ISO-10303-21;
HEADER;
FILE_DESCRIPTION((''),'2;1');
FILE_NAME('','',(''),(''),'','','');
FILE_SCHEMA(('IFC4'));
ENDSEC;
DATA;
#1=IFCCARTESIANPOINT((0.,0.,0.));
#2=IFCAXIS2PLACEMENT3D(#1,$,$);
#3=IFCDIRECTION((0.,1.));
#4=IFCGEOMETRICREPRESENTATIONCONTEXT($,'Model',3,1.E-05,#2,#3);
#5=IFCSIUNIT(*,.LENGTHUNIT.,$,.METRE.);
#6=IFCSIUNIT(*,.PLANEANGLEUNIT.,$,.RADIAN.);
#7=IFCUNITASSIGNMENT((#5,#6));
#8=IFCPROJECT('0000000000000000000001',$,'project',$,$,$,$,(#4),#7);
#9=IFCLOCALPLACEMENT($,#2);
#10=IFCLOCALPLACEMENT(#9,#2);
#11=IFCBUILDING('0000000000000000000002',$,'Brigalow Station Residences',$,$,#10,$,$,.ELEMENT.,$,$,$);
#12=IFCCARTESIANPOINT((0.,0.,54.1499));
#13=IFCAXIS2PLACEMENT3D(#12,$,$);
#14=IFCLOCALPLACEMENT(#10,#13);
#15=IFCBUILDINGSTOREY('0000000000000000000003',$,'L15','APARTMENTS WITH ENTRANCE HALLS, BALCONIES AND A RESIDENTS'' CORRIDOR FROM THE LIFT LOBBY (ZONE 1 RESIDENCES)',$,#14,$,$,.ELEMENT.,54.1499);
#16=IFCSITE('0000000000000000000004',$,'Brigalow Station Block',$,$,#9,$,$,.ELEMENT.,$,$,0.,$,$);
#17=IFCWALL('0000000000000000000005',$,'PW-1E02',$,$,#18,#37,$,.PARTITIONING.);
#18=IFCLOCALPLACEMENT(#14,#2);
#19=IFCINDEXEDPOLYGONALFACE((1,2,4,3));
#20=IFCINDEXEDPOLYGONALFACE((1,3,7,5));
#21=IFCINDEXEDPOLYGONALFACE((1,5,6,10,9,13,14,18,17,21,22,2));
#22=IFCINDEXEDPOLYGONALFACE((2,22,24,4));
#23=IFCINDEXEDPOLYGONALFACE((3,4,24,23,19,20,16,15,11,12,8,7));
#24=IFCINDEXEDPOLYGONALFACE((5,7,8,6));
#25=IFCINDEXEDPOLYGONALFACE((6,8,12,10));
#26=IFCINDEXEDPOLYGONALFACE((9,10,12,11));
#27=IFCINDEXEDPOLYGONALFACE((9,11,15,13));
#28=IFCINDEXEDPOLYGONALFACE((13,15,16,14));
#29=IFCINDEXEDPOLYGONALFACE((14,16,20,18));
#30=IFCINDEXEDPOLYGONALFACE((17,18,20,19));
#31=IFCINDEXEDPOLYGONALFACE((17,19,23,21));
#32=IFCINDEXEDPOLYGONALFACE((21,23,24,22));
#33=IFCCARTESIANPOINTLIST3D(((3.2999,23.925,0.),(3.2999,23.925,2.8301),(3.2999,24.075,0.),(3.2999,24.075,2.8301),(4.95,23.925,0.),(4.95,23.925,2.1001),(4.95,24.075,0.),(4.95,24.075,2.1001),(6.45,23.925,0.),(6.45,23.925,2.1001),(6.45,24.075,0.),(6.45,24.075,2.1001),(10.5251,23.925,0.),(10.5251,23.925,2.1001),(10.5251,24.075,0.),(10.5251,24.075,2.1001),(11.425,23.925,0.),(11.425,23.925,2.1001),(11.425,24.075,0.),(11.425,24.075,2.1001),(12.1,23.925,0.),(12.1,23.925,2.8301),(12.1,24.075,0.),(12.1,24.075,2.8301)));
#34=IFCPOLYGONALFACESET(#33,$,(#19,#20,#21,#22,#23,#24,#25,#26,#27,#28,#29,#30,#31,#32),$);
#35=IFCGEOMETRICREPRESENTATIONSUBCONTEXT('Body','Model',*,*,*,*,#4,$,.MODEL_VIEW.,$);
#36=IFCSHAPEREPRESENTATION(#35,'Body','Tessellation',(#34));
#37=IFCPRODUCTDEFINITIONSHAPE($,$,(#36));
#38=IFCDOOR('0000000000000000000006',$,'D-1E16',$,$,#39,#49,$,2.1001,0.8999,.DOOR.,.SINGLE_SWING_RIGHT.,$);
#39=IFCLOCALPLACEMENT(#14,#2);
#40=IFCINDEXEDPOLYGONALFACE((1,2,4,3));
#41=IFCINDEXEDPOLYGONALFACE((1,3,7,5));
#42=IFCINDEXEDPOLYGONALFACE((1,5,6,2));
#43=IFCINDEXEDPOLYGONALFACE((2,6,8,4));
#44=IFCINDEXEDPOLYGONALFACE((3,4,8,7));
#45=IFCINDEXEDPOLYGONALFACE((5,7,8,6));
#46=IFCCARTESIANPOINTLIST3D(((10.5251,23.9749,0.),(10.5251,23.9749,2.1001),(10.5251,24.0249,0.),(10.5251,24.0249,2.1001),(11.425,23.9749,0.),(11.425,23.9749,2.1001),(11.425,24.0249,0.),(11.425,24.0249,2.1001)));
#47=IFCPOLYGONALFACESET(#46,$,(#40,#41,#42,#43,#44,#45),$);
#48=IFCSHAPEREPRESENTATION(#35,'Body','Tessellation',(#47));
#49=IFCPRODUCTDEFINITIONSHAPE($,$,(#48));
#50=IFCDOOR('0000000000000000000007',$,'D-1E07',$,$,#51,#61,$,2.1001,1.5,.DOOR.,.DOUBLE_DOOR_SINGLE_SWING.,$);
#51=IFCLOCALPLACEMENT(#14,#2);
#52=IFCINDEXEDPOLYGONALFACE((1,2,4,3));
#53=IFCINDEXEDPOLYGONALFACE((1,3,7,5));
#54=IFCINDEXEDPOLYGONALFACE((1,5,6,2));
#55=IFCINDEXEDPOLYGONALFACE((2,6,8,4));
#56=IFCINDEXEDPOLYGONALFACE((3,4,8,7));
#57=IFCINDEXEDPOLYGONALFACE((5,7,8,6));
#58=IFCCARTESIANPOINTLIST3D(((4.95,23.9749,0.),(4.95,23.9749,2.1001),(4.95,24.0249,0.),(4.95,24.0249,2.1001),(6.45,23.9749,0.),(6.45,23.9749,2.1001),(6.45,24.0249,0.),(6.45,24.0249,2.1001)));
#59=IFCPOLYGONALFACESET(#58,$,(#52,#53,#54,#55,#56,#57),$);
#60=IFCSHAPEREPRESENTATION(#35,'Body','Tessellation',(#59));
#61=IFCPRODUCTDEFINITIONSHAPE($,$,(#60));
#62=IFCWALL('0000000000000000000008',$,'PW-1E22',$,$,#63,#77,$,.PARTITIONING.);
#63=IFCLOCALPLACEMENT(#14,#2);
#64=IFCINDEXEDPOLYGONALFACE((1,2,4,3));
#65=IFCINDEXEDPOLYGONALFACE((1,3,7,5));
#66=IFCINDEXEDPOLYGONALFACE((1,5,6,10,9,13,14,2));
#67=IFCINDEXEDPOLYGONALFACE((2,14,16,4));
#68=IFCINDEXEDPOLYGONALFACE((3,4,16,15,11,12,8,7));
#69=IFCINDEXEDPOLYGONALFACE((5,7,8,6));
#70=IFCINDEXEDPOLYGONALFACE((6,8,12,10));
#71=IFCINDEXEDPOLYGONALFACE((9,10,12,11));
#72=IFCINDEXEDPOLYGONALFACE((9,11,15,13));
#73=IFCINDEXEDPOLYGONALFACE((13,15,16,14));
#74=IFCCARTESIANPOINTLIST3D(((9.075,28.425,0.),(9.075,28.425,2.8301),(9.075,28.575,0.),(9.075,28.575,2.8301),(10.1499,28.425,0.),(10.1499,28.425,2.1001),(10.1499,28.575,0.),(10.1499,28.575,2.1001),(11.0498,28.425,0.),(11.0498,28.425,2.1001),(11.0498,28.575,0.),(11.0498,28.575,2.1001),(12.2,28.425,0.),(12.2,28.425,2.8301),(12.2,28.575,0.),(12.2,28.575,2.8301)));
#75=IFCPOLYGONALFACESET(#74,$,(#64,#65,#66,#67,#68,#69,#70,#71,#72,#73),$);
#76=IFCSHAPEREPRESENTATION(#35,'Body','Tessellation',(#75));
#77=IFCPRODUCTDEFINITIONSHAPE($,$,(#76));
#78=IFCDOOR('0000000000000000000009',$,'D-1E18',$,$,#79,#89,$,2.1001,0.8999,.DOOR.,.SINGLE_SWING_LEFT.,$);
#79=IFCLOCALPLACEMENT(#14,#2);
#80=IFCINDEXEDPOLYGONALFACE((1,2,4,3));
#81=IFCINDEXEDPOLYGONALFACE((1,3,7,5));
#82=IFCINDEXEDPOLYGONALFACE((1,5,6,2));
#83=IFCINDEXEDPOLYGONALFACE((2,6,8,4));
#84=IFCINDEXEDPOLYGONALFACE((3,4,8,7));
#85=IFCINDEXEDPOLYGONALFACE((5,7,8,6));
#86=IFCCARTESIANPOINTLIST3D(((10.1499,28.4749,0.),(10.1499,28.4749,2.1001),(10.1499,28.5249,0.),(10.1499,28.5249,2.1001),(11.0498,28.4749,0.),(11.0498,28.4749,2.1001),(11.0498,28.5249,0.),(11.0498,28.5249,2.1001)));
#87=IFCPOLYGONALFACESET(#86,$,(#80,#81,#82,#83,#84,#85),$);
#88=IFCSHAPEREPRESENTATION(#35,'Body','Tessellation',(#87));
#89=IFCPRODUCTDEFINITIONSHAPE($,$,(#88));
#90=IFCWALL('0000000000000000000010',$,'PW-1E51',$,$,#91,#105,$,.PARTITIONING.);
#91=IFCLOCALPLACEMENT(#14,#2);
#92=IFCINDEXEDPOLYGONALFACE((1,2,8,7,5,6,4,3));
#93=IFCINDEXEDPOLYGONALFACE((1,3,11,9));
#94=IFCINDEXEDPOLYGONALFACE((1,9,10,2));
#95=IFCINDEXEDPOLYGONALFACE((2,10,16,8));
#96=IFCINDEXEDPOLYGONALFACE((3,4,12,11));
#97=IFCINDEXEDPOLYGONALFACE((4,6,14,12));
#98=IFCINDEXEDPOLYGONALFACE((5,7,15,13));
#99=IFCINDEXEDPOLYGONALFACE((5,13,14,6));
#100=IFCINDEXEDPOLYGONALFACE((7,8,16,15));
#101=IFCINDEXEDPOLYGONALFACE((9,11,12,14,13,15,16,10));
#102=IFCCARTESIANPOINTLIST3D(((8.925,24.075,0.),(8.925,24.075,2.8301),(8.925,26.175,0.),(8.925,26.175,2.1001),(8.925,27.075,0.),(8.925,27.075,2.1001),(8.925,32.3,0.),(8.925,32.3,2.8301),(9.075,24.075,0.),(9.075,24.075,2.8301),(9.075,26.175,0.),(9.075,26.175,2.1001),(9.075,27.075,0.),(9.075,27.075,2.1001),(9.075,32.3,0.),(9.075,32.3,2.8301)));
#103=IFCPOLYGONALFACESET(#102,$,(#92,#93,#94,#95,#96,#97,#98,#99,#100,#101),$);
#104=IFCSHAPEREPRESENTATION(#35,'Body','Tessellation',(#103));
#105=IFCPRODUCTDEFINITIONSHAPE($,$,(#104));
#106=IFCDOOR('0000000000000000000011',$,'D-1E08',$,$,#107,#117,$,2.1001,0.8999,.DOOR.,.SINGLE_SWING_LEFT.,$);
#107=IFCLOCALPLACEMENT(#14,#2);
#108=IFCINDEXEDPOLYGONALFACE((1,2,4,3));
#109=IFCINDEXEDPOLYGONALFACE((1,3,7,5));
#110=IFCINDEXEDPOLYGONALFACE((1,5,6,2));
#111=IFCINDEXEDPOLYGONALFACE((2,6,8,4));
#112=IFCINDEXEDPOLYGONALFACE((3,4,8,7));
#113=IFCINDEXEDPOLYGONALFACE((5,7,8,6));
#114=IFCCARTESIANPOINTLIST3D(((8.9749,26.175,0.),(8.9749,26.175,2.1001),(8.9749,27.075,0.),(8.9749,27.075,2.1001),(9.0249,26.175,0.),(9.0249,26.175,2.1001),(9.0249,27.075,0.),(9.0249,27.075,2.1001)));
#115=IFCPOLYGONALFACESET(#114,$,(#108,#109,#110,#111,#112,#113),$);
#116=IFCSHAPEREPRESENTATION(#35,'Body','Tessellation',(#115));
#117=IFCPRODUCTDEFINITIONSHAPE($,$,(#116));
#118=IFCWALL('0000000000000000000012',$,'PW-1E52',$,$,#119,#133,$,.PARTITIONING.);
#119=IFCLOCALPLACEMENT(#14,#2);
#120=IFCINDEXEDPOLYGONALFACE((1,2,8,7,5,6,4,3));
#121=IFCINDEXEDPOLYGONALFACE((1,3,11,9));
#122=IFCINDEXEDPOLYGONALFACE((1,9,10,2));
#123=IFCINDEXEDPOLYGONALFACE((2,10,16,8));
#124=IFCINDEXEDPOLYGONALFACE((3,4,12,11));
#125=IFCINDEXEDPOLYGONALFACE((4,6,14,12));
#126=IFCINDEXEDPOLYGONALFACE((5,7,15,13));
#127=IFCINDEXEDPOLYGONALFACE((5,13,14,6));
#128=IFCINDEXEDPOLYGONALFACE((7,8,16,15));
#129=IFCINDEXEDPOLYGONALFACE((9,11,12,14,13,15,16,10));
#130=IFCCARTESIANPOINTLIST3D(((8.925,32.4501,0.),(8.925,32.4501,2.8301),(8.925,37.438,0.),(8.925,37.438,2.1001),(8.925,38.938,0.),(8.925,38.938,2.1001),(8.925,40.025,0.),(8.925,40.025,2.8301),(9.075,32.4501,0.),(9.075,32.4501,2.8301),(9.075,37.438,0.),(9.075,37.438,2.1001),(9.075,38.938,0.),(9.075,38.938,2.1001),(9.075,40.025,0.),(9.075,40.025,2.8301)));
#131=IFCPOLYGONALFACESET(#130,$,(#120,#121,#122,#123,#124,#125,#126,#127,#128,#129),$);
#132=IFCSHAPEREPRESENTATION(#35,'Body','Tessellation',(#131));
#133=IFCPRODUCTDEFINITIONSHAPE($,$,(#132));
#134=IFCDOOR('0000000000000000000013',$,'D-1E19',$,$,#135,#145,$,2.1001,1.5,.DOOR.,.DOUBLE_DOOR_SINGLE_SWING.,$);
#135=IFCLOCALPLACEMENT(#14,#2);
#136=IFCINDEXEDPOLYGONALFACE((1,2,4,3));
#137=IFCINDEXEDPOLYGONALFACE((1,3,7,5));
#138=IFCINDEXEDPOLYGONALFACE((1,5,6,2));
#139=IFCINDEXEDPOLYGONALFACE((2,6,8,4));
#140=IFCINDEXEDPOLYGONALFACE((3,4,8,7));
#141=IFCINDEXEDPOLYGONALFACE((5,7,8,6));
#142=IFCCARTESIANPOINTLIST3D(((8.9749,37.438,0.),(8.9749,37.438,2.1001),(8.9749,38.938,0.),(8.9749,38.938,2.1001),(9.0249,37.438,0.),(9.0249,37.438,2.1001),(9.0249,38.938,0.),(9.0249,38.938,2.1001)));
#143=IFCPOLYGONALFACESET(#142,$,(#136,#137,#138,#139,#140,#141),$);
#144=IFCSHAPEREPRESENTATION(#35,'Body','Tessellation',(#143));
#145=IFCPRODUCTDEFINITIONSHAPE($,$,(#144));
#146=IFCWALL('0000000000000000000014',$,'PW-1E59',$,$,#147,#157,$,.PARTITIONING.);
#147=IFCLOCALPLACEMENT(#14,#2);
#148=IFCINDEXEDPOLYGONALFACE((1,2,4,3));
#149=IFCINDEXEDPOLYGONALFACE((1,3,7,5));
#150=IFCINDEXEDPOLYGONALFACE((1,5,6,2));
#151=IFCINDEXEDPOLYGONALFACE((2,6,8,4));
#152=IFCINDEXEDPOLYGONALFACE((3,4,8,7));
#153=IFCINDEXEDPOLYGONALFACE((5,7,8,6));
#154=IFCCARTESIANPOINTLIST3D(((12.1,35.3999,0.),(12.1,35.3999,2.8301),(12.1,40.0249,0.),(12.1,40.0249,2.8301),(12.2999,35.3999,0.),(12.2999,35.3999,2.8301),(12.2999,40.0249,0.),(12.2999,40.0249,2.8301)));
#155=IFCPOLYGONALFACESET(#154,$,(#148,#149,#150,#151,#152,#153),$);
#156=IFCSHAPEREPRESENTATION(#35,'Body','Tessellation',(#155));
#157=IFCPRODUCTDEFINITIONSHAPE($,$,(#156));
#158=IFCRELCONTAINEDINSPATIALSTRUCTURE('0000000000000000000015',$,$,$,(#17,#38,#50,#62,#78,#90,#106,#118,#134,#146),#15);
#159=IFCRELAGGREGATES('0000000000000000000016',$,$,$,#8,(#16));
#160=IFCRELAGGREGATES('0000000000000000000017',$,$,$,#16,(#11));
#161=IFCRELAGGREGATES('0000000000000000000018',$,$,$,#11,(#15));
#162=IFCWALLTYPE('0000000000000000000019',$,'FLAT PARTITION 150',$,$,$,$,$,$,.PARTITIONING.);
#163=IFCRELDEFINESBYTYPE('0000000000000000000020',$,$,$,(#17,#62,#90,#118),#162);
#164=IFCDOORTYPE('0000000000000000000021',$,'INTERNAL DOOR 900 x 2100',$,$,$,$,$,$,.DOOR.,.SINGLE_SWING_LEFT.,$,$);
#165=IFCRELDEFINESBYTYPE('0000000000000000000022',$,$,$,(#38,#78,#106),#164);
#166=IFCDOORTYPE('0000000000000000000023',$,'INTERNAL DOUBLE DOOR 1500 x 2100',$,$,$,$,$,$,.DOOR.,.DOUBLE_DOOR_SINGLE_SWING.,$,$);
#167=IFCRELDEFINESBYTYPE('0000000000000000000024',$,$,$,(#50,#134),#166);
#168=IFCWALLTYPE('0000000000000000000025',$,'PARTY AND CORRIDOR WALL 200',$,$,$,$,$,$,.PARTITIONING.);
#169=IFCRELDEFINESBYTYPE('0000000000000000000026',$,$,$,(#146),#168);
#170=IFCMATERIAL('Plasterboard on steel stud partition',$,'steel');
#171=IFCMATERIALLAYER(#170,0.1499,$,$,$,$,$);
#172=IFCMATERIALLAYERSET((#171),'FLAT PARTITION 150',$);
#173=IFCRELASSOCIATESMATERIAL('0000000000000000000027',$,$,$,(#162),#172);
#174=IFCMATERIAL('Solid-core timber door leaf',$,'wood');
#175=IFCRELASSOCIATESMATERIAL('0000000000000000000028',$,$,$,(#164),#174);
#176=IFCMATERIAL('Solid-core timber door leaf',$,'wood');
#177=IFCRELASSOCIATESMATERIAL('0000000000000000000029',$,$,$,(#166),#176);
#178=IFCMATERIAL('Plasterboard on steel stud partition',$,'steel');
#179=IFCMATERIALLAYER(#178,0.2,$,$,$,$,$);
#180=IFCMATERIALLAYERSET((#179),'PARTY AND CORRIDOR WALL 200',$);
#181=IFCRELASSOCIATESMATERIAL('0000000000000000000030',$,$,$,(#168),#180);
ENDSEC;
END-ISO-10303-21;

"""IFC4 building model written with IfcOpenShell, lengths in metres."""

from ifc_helpers import new_model, si_unit, direction, frame, frame_2d, origin, place, context, subcontext, project, spatial, rectangle, extrude, material, layer, layer_set, type_object, element, fill, save


model = new_model("IFC4")

# Units and contexts
model_context = context("Model", 3, precision=1e-05, world=origin(), true_north=direction((0.0, 1.0)))
body_context = subcontext(model_context, "Body", "Model", "MODEL_VIEW")
ifc_project = project(units=[si_unit("LENGTHUNIT", "METRE"), si_unit("PLANEANGLEUNIT", "RADIAN")], contexts=[model_context])

# Site, building, storey
site_placement = place(None, origin())
site = spatial("IfcSite", under=ifc_project, at=site_placement, Name="Brigalow Station Block", CompositionType="ELEMENT", RefElevation=0.0)
building_placement = place(site_placement, origin())
building = spatial("IfcBuilding", under=site, at=building_placement, Name="Brigalow Station Residences", CompositionType="ELEMENT")
storey_placement = place(building_placement, frame((0.0, 0.0, 54.1499)))
storey = spatial("IfcBuildingStorey", under=building, at=storey_placement, Name="L15", Description="APARTMENTS WITH ENTRANCE HALLS, BALCONIES AND A RESIDENTS' CORRIDOR FROM THE LIFT LOBBY (ZONE 1 RESIDENCES)", CompositionType="ELEMENT", Elevation=54.1499)

# Wall, openings, doors
ifc_material_1 = material(Name="Plasterboard on steel stud partition", Category="steel")
ifc_layer_1 = layer(ifc_material_1, 0.1499)
ifc_layer_set_1 = layer_set([ifc_layer_1], Name="FLAT PARTITION 150")
wall_type_1 = type_object("IfcWallType", Name="FLAT PARTITION 150", PredefinedType="PARTITIONING", material=ifc_layer_set_1)
wall_1_placement = place(storey_placement, frame((3.3, 24.0, 0.0), z_axis=(0.0, 0.0, 1.0), x_axis=(1.0, 0.0, 0.0)))
wall_1 = element("IfcWall", 1, at=wall_1_placement, inside=storey, type_object=wall_type_1, Name="PW-1E02", PredefinedType="PARTITIONING", context=body_context, shape_type="SweptSolid", body=[
    extrude(rectangle(XDim=8.8, YDim=0.1499, at=frame_2d((4.3999, 0.0))), origin(), (0.0, 0.0, 1.0), 2.8301),
])
opening_1_placement = place(wall_1_placement, frame((1.6499, 0.0, 0.0)))
opening_1 = element("IfcOpeningElement", 2, at=opening_1_placement, cuts=wall_1, PredefinedType="OPENING", context=body_context, shape_type="SweptSolid", body=[
    extrude(rectangle(XDim=1.5, YDim=2.1001, at=frame_2d((0.75, 1.05))), frame((0.0, 0.085, 0.0), z_axis=(0.0, -1.0, 0.0), x_axis=(1.0, 0.0, 0.0)), (0.0, 0.0, 1.0), 0.1699),
])
opening_2_placement = place(wall_1_placement, frame((7.2251, 0.0, 0.0)))
opening_2 = element("IfcOpeningElement", 3, at=opening_2_placement, cuts=wall_1, PredefinedType="OPENING", context=body_context, shape_type="SweptSolid", body=[
    extrude(rectangle(XDim=0.8999, YDim=2.1001, at=frame_2d((0.45, 1.05))), frame((0.0, 0.085, 0.0), z_axis=(0.0, -1.0, 0.0), x_axis=(1.0, 0.0, 0.0)), (0.0, 0.0, 1.0), 0.1699),
])
ifc_material_2 = material(Name="Solid-core timber door leaf", Category="wood")
door_type_1 = type_object("IfcDoorType", Name="INTERNAL DOOR 900 x 2100", OperationType="SINGLE_SWING_LEFT", PredefinedType="DOOR", material=ifc_material_2)
door_1_placement = place(opening_2_placement, origin())
door_1 = element("IfcDoor", 4, at=door_1_placement, inside=storey, type_object=door_type_1, Name="D-1E16", OperationType="SINGLE_SWING_RIGHT", OverallHeight=2.1001, OverallWidth=0.8999, PredefinedType="DOOR", context=body_context, shape_type="SweptSolid", body=[
    extrude(rectangle(XDim=0.8999, YDim=2.1001, at=frame_2d((0.45, 1.05))), frame((0.0, 0.0249, 0.0), z_axis=(0.0, -1.0, 0.0), x_axis=(1.0, 0.0, 0.0)), (0.0, 0.0, 1.0), 0.05),
])
fill(opening_2, door_1)
ifc_material_3 = material(Name="Solid-core timber door leaf", Category="wood")
door_type_2 = type_object("IfcDoorType", Name="INTERNAL DOUBLE DOOR 1500 x 2100", OperationType="DOUBLE_DOOR_SINGLE_SWING", PredefinedType="DOOR", material=ifc_material_3)
door_2_placement = place(opening_1_placement, origin())
door_2 = element("IfcDoor", 5, at=door_2_placement, inside=storey, type_object=door_type_2, Name="D-1E07", OperationType="DOUBLE_DOOR_SINGLE_SWING", OverallHeight=2.1001, OverallWidth=1.5, PredefinedType="DOOR", context=body_context, shape_type="SweptSolid", body=[
    extrude(rectangle(XDim=1.5, YDim=2.1001, at=frame_2d((0.75, 1.05))), frame((0.0, 0.0249, 0.0), z_axis=(0.0, -1.0, 0.0), x_axis=(1.0, 0.0, 0.0)), (0.0, 0.0, 1.0), 0.05),
])
fill(opening_1, door_2)

# Walls, openings, doors
wall_2_placement = place(storey_placement, frame((9.075, 28.5, 0.0), z_axis=(0.0, 0.0, 1.0), x_axis=(1.0, 0.0, 0.0)))
wall_2 = element("IfcWall", 6, at=wall_2_placement, inside=storey, type_object=wall_type_1, Name="PW-1E22", PredefinedType="PARTITIONING", context=body_context, shape_type="SweptSolid", body=[
    extrude(rectangle(XDim=3.125, YDim=0.1499, at=frame_2d((1.5625, 0.0))), origin(), (0.0, 0.0, 1.0), 2.8301),
])
opening_3_placement = place(wall_2_placement, frame((1.075, 0.0, 0.0)))
opening_3 = element("IfcOpeningElement", 7, at=opening_3_placement, cuts=wall_2, PredefinedType="OPENING", context=body_context, shape_type="SweptSolid", body=[
    extrude(rectangle(XDim=0.8999, YDim=2.1001, at=frame_2d((0.45, 1.05))), frame((0.0, 0.085, 0.0), z_axis=(0.0, -1.0, 0.0), x_axis=(1.0, 0.0, 0.0)), (0.0, 0.0, 1.0), 0.1699),
])
door_3_placement = place(opening_3_placement, origin())
door_3 = element("IfcDoor", 8, at=door_3_placement, inside=storey, type_object=door_type_1, Name="D-1E18", OperationType="SINGLE_SWING_LEFT", OverallHeight=2.1001, OverallWidth=0.8999, PredefinedType="DOOR", context=body_context, shape_type="SweptSolid", body=[
    extrude(rectangle(XDim=0.8999, YDim=2.1001, at=frame_2d((0.45, 1.05))), frame((0.0, 0.0249, 0.0), z_axis=(0.0, -1.0, 0.0), x_axis=(1.0, 0.0, 0.0)), (0.0, 0.0, 1.0), 0.05),
])
fill(opening_3, door_3)
wall_3_placement = place(storey_placement, frame((9.0, 24.075, 0.0), z_axis=(0.0, 0.0, 1.0), x_axis=(0.0, 1.0, 0.0)))
wall_3 = element("IfcWall", 9, at=wall_3_placement, inside=storey, type_object=wall_type_1, Name="PW-1E51", PredefinedType="PARTITIONING", context=body_context, shape_type="SweptSolid", body=[
    extrude(rectangle(XDim=8.2251, YDim=0.1499, at=frame_2d((4.1125, 0.0))), origin(), (0.0, 0.0, 1.0), 2.8301),
])
opening_4_placement = place(wall_3_placement, frame((2.1001, 0.0, 0.0)))
opening_4 = element("IfcOpeningElement", 10, at=opening_4_placement, cuts=wall_3, PredefinedType="OPENING", context=body_context, shape_type="SweptSolid", body=[
    extrude(rectangle(XDim=0.8999, YDim=2.1001, at=frame_2d((0.45, 1.05))), frame((0.0, 0.085, 0.0), z_axis=(0.0, -1.0, 0.0), x_axis=(1.0, 0.0, 0.0)), (0.0, 0.0, 1.0), 0.1699),
])
door_4_placement = place(opening_4_placement, frame((0.8999, 0.0, 0.0), z_axis=(0.0, 0.0, 1.0), x_axis=(-1.0, 0.0, 0.0)))
door_4 = element("IfcDoor", 11, at=door_4_placement, inside=storey, type_object=door_type_1, Name="D-1E08", OperationType="SINGLE_SWING_LEFT", OverallHeight=2.1001, OverallWidth=0.8999, PredefinedType="DOOR", context=body_context, shape_type="SweptSolid", body=[
    extrude(rectangle(XDim=0.8999, YDim=2.1001, at=frame_2d((0.45, 1.05))), frame((0.0, 0.0249, 0.0), z_axis=(0.0, -1.0, 0.0), x_axis=(1.0, 0.0, 0.0)), (0.0, 0.0, 1.0), 0.05),
])
fill(opening_4, door_4)
wall_4_placement = place(storey_placement, frame((9.0, 32.45, 0.0), z_axis=(0.0, 0.0, 1.0), x_axis=(0.0, 1.0, 0.0)))
wall_4 = element("IfcWall", 12, at=wall_4_placement, inside=storey, type_object=wall_type_1, Name="PW-1E52", PredefinedType="PARTITIONING", context=body_context, shape_type="SweptSolid", body=[
    extrude(rectangle(XDim=7.575, YDim=0.1499, at=frame_2d((3.7876, 0.0))), origin(), (0.0, 0.0, 1.0), 2.8301),
])
opening_5_placement = place(wall_4_placement, frame((4.988, 0.0, 0.0)))
opening_5 = element("IfcOpeningElement", 13, at=opening_5_placement, cuts=wall_4, PredefinedType="OPENING", context=body_context, shape_type="SweptSolid", body=[
    extrude(rectangle(XDim=1.5, YDim=2.1001, at=frame_2d((0.75, 1.05))), frame((0.0, 0.085, 0.0), z_axis=(0.0, -1.0, 0.0), x_axis=(1.0, 0.0, 0.0)), (0.0, 0.0, 1.0), 0.1699),
])
door_5_placement = place(opening_5_placement, frame((1.5, 0.0, 0.0), z_axis=(0.0, 0.0, 1.0), x_axis=(-1.0, 0.0, 0.0)))
door_5 = element("IfcDoor", 14, at=door_5_placement, inside=storey, type_object=door_type_2, Name="D-1E19", OperationType="DOUBLE_DOOR_SINGLE_SWING", OverallHeight=2.1001, OverallWidth=1.5, PredefinedType="DOOR", context=body_context, shape_type="SweptSolid", body=[
    extrude(rectangle(XDim=1.5, YDim=2.1001, at=frame_2d((0.75, 1.05))), frame((0.0, 0.0249, 0.0), z_axis=(0.0, -1.0, 0.0), x_axis=(1.0, 0.0, 0.0)), (0.0, 0.0, 1.0), 0.05),
])
fill(opening_5, door_5)

# Wall
ifc_material_4 = material(Name="Plasterboard on steel stud partition", Category="steel")
ifc_layer_2 = layer(ifc_material_4, 0.2)
ifc_layer_set_2 = layer_set([ifc_layer_2], Name="PARTY AND CORRIDOR WALL 200")
wall_type_2 = type_object("IfcWallType", Name="PARTY AND CORRIDOR WALL 200", PredefinedType="PARTITIONING", material=ifc_layer_set_2)
wall_5_placement = place(storey_placement, frame((12.2, 35.3999, 0.0), z_axis=(0.0, 0.0, 1.0), x_axis=(0.0, 1.0, 0.0)))
element("IfcWall", 15, at=wall_5_placement, inside=storey, type_object=wall_type_2, Name="PW-1E59", PredefinedType="PARTITIONING", context=body_context, shape_type="SweptSolid", body=[
    extrude(rectangle(XDim=4.625, YDim=0.2, at=frame_2d((2.3125, 0.0))), origin(), (0.0, 0.0, 1.0), 2.8301),
])

save(model, "model.ifc")
